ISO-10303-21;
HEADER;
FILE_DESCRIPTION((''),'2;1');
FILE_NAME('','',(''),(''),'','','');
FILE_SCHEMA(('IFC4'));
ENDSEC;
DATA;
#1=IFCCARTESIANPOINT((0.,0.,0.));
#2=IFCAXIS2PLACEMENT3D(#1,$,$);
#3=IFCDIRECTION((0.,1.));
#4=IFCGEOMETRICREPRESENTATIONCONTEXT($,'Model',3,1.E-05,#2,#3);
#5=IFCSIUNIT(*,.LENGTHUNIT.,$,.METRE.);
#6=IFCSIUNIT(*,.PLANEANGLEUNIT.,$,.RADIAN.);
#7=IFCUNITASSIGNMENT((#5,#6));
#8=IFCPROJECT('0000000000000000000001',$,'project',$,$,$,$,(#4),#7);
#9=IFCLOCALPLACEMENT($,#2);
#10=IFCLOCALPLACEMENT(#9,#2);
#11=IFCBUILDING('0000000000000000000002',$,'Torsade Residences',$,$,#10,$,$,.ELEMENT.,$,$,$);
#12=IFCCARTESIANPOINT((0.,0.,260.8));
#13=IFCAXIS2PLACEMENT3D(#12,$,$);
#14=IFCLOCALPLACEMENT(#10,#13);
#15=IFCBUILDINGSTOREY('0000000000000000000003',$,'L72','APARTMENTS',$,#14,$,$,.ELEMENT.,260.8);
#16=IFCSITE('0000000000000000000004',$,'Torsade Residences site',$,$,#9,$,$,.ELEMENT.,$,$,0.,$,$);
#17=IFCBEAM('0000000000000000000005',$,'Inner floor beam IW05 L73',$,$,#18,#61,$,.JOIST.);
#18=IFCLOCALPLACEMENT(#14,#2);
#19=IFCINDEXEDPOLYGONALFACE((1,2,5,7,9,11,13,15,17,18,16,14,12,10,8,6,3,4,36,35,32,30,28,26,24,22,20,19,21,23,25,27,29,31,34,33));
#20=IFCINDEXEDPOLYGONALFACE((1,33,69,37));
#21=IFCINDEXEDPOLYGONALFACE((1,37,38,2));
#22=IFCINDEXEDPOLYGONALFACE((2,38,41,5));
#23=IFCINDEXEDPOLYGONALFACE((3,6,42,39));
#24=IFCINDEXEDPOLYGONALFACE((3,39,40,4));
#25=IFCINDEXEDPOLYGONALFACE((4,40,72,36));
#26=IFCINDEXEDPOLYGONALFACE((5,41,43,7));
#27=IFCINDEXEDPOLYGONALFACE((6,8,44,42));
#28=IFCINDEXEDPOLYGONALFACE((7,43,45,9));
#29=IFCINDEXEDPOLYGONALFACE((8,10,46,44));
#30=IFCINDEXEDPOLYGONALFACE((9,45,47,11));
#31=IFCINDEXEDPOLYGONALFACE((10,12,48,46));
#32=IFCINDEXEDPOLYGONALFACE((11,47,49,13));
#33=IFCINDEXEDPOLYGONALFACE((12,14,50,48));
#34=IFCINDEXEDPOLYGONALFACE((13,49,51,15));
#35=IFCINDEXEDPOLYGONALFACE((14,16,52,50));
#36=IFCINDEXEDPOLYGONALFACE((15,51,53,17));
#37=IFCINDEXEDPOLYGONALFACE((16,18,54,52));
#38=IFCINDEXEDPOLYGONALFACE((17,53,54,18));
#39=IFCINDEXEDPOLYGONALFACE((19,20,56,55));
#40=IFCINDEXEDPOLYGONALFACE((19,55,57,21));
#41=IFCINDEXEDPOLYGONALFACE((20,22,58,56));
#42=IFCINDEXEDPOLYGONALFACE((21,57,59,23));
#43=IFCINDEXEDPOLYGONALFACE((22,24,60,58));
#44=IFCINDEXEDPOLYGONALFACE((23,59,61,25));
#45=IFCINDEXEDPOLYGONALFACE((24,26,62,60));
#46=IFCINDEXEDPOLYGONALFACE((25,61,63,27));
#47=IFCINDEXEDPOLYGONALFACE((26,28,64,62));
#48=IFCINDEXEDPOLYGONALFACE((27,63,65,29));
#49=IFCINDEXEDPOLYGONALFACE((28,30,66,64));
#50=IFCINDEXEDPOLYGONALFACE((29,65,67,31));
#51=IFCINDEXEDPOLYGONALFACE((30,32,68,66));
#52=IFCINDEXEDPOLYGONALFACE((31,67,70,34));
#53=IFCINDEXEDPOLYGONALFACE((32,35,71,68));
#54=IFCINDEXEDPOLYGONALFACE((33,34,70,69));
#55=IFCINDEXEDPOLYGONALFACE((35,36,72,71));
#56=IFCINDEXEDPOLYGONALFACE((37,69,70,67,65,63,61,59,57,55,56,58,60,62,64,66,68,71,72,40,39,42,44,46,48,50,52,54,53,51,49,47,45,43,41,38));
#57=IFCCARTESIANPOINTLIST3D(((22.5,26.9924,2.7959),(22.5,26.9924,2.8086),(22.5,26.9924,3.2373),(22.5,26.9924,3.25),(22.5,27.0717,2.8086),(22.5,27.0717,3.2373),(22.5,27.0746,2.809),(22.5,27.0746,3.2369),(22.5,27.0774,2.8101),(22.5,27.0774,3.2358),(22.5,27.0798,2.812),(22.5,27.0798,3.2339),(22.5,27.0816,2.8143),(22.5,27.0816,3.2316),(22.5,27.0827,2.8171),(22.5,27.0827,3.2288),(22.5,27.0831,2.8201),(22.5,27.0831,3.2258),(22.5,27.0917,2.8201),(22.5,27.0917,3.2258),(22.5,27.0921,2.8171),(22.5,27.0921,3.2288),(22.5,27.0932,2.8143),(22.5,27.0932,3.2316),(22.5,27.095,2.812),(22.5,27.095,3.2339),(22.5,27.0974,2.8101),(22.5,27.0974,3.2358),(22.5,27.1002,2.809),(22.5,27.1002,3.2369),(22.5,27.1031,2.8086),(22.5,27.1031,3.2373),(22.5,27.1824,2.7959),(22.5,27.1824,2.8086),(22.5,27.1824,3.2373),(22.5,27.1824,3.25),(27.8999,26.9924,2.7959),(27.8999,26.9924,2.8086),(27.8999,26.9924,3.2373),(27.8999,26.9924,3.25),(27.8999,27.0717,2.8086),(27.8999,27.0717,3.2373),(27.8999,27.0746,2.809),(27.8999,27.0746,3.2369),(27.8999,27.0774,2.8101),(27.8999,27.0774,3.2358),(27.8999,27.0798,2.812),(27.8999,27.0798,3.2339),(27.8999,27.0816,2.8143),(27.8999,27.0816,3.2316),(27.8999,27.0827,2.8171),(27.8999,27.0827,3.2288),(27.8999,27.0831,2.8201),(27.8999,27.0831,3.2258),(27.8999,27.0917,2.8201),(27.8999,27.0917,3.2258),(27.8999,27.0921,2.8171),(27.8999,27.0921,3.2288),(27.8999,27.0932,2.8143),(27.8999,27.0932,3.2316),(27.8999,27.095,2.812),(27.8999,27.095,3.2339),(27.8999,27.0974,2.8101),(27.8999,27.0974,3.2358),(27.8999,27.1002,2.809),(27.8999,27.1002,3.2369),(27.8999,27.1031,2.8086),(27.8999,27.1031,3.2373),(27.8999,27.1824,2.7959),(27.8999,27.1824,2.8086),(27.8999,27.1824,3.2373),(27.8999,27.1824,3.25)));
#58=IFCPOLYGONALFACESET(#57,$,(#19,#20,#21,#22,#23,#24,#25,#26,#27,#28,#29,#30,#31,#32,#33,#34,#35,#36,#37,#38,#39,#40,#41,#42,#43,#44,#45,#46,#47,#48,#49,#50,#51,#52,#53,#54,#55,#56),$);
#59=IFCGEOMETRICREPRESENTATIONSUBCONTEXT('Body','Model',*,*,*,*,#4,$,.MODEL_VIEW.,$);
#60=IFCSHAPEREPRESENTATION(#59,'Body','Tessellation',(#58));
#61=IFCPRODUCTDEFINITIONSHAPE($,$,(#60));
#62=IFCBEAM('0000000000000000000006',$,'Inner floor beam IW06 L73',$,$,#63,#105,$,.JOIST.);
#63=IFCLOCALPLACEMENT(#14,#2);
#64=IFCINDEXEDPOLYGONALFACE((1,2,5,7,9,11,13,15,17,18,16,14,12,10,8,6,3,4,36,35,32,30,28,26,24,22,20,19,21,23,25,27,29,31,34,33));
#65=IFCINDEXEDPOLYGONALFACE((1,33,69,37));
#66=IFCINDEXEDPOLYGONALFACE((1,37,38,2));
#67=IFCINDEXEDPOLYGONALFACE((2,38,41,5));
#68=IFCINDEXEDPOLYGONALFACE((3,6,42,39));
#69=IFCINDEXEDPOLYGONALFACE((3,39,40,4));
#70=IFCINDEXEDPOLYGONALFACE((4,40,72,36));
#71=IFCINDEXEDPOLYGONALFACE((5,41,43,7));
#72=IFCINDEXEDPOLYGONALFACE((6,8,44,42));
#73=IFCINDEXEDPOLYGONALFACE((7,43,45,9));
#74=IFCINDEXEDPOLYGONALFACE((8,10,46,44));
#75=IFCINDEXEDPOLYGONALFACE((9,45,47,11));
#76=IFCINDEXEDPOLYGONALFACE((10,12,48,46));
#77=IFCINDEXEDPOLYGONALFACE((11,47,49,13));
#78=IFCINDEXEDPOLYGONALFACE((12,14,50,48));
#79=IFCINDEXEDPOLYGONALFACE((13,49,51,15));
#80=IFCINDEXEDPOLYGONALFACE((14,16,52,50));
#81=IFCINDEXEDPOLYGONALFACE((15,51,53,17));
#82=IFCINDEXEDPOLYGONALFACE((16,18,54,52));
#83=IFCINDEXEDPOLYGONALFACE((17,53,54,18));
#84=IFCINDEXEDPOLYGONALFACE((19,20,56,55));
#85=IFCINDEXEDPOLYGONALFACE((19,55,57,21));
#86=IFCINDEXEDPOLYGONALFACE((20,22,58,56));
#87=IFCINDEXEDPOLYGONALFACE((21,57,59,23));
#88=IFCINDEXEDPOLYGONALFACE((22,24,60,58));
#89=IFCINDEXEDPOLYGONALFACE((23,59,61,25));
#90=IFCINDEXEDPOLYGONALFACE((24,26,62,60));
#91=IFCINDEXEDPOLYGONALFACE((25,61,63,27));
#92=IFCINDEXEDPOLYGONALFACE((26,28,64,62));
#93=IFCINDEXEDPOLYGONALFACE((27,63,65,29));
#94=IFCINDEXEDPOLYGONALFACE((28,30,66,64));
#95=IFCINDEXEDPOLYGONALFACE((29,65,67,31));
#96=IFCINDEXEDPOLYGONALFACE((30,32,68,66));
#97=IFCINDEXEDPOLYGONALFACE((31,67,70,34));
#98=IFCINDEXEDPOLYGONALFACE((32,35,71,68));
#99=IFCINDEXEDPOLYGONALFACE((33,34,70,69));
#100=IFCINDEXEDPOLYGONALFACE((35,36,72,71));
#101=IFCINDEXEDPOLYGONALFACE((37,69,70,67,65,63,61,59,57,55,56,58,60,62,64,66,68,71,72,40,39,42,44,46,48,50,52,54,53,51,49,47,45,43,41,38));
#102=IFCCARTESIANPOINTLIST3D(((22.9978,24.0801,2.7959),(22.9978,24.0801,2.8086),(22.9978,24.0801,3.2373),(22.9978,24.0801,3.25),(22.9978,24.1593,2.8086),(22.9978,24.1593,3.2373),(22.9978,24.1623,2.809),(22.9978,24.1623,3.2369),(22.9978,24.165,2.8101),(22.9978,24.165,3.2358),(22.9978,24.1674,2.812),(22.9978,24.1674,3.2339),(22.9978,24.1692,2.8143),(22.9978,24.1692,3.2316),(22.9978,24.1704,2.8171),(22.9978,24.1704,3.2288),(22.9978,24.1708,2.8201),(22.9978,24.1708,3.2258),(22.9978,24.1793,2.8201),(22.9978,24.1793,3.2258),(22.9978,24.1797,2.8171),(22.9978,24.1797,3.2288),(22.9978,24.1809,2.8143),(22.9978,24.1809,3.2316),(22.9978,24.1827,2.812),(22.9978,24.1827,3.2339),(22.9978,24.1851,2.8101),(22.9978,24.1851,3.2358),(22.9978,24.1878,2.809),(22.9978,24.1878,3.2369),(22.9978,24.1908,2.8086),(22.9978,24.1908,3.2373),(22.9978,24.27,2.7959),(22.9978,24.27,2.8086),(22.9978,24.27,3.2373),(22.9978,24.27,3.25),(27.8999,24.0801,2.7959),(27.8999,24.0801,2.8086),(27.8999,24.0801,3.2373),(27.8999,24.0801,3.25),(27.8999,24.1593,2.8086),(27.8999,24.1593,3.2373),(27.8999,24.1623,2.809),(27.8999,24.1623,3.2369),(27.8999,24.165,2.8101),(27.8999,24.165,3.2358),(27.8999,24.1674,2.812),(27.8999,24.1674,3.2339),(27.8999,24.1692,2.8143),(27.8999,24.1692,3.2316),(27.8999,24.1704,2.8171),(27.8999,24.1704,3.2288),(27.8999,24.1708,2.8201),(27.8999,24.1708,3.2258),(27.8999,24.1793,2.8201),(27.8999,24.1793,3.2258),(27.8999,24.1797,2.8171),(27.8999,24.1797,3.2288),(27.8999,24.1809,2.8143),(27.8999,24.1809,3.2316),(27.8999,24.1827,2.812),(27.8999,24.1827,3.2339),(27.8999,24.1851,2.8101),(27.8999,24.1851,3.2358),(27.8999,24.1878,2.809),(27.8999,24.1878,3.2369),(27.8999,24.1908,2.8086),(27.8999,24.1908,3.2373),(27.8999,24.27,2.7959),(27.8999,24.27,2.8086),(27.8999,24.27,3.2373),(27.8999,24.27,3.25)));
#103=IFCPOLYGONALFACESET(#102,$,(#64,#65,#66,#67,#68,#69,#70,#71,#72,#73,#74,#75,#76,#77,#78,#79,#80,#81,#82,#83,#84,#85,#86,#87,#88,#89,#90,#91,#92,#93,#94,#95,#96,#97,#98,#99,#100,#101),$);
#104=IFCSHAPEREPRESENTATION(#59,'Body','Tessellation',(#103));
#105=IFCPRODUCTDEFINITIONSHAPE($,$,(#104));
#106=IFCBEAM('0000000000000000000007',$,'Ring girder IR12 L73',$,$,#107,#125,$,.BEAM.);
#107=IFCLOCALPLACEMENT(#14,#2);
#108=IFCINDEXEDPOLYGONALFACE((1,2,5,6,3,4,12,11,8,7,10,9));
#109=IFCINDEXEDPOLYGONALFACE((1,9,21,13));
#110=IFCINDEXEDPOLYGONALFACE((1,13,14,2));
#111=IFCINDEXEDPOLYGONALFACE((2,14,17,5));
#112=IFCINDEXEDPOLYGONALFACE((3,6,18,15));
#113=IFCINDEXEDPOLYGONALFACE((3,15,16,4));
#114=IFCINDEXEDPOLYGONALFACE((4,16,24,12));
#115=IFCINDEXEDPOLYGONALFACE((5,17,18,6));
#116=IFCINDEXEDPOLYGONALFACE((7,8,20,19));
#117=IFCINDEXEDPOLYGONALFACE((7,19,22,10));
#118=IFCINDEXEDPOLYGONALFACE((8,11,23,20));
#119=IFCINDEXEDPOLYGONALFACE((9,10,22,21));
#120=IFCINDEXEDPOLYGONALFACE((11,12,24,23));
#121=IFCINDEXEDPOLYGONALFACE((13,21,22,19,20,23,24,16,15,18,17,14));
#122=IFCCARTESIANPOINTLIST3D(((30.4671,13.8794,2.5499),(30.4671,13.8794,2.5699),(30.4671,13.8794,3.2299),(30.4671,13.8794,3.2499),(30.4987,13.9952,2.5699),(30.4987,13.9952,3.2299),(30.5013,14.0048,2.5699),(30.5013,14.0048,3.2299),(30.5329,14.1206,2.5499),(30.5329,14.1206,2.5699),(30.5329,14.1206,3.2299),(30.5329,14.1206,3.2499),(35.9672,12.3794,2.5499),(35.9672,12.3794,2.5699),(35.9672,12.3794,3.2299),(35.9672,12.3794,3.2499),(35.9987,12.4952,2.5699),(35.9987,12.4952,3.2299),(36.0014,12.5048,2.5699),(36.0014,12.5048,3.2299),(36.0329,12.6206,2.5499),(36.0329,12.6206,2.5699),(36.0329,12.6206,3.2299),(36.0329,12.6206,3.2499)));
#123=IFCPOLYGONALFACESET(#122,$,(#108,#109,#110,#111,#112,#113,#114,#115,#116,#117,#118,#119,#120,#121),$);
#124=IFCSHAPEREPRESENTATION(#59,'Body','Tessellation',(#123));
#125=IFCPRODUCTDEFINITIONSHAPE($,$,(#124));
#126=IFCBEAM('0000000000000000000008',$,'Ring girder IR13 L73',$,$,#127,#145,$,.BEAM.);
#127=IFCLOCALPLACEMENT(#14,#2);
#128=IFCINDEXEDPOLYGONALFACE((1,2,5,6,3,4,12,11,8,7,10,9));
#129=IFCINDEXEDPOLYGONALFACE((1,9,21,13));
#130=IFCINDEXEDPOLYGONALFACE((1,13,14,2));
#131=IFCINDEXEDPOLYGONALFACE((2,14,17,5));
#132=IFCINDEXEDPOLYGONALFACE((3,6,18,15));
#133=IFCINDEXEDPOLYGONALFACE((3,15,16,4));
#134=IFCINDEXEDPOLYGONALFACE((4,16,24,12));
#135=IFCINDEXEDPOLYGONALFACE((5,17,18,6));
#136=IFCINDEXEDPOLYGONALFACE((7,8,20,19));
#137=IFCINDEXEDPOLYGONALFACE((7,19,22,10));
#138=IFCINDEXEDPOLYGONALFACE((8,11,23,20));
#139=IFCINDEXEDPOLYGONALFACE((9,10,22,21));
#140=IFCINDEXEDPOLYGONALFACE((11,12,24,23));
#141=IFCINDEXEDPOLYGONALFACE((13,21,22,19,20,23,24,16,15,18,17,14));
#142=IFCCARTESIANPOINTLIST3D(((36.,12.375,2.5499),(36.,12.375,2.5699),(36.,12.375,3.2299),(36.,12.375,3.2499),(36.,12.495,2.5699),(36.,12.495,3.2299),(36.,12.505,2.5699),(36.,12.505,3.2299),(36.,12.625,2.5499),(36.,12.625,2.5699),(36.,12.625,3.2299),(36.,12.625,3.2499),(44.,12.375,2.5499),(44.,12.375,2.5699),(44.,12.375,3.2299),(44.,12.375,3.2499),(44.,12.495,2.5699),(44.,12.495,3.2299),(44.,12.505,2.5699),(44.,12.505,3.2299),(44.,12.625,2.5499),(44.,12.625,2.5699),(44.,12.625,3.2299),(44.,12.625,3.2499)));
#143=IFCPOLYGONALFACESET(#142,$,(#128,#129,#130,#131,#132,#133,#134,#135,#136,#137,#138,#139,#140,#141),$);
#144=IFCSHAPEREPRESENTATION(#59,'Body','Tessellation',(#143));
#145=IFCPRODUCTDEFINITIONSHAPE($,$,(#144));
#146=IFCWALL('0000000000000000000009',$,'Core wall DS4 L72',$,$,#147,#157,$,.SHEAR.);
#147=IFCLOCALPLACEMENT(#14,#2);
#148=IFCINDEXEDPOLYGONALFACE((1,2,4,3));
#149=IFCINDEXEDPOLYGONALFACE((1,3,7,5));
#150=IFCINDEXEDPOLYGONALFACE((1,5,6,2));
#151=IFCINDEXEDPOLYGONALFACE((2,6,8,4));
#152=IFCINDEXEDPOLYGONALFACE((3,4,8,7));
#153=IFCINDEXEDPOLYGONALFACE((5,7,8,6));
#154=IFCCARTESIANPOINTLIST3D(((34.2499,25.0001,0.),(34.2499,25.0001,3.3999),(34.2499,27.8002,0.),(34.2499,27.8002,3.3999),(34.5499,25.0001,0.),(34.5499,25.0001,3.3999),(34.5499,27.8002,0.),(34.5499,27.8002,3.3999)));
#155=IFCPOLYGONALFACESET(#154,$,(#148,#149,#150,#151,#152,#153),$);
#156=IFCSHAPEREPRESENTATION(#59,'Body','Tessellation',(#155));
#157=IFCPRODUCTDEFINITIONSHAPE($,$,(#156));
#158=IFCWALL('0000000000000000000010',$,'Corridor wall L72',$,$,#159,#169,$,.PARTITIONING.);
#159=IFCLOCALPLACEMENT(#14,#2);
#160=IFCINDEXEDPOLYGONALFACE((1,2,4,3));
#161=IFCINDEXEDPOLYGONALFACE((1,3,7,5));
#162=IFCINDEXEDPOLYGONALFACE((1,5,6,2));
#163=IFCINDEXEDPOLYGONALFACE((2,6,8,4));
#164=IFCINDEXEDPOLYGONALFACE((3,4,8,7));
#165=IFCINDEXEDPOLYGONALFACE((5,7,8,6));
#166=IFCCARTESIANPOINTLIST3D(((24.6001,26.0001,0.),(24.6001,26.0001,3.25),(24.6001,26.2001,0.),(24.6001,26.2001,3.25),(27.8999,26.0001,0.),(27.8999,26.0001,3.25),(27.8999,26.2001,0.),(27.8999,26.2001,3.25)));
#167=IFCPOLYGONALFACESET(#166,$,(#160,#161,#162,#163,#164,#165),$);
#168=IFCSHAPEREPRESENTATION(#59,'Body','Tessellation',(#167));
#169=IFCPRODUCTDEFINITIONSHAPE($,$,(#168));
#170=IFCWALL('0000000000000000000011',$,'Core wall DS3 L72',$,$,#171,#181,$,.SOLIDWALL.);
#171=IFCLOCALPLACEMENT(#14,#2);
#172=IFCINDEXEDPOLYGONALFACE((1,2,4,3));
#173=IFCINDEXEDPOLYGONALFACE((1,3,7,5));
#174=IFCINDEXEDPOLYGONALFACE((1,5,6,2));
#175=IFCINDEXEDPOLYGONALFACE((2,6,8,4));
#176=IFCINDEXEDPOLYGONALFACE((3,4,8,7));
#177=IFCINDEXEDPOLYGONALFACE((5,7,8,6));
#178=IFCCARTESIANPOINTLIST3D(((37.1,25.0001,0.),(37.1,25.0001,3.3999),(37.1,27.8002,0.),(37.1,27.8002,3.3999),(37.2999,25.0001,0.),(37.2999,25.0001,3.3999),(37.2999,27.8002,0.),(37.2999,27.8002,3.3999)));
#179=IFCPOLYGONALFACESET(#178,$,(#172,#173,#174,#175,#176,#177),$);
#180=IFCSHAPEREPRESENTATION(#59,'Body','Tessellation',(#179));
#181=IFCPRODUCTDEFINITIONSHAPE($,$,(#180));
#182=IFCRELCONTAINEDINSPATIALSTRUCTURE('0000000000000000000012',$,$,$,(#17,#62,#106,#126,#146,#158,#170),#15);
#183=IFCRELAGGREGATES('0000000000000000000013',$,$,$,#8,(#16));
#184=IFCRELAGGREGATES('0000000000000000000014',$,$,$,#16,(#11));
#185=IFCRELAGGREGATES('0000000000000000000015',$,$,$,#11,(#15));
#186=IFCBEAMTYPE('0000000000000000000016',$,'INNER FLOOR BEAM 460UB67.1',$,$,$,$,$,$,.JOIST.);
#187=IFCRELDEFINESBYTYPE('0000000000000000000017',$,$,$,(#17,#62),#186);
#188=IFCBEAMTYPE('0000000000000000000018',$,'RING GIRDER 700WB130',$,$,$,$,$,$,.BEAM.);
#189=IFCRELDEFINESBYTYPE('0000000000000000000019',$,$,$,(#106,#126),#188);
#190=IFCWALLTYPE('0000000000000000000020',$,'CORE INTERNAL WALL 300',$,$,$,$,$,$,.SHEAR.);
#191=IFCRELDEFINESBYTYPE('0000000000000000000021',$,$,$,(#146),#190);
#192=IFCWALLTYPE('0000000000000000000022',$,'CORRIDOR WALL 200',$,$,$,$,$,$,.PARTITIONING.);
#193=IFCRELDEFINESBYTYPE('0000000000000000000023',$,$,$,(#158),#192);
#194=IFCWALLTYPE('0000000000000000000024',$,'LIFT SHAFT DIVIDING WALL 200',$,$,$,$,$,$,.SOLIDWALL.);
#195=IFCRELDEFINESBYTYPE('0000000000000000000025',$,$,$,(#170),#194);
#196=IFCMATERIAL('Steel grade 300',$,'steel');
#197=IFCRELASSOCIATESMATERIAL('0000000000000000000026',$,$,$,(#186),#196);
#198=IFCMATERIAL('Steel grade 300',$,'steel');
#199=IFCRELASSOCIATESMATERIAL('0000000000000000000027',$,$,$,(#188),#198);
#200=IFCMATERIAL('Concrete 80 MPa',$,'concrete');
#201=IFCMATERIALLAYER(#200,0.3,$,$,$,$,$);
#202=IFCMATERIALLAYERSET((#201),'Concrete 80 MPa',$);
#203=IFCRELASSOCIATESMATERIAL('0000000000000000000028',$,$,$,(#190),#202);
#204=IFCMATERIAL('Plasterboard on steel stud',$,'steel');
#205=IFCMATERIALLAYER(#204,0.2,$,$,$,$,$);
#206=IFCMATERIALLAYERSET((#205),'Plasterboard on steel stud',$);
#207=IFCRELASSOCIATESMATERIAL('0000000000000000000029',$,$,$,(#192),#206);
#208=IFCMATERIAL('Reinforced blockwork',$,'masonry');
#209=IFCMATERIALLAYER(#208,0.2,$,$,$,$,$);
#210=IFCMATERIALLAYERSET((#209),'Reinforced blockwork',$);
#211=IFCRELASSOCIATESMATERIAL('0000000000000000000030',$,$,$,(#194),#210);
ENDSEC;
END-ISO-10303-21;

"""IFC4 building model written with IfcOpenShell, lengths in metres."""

from ifc_helpers import new_model, si_unit, direction, frame, frame_2d, origin, origin_2d, place, context, subcontext, project, spatial, rectangle, i_section, extrude, material, layer, layer_set, material_profile, profile_set, type_object, element, save


model = new_model("IFC4")

# Units and contexts
model_context = context("Model", 3, precision=1e-05, world=origin(), true_north=direction((0.0, 1.0)))
body_context = subcontext(model_context, "Body", "Model", "MODEL_VIEW")
ifc_project = project(units=[si_unit("LENGTHUNIT", "METRE"), si_unit("PLANEANGLEUNIT", "RADIAN")], contexts=[model_context])

# Site, building, storey
site_placement = place(None, origin())
site = spatial("IfcSite", under=ifc_project, at=site_placement, Name="Torsade Residences site", CompositionType="ELEMENT", RefElevation=0.0)
building_placement = place(site_placement, origin())
building = spatial("IfcBuilding", under=site, at=building_placement, Name="Torsade Residences", CompositionType="ELEMENT")
storey_placement = place(building_placement, frame((0.0, 0.0, 260.8)))
storey = spatial("IfcBuildingStorey", under=building, at=storey_placement, Name="L72", Description="APARTMENTS", CompositionType="ELEMENT", Elevation=260.8)

# Beams
ifc_material_1 = material(Name="Steel grade 300", Category="steel")
ifc_material_profile_1 = material_profile(ifc_material_1, i_section(OverallWidth=0.1899, OverallDepth=0.4541, WebThickness=0.0085, FlangeThickness=0.0127, FilletRadius=0.0115, at=origin_2d()), Name="460UB67.1")
ifc_profile_set_1 = profile_set([ifc_material_profile_1], Name="Steel grade 300")
beam_type_1 = type_object("IfcBeamType", Name="INNER FLOOR BEAM 460UB67.1", PredefinedType="JOIST", material=ifc_profile_set_1)
beam_1_placement = place(storey_placement, frame((27.8999, 27.0874, 3.0229), z_axis=(-1.0, 0.0, 0.0), x_axis=(0.0, -1.0, 0.0)))
element("IfcBeam", 1, at=beam_1_placement, inside=storey, type_object=beam_type_1, Name="Inner floor beam IW05 L73", PredefinedType="JOIST", context=body_context, shape_type="SweptSolid", body=[
    extrude(i_section(OverallWidth=0.1899, OverallDepth=0.4541, WebThickness=0.0085, FlangeThickness=0.0127, FilletRadius=0.0115, at=origin_2d()), origin(), (0.0, 0.0, 1.0), 5.3999),
])
beam_2_placement = place(storey_placement, frame((27.8999, 24.175, 3.0229), z_axis=(-1.0, 0.0, 0.0), x_axis=(0.0, -1.0, 0.0)))
element("IfcBeam", 2, at=beam_2_placement, inside=storey, type_object=beam_type_1, Name="Inner floor beam IW06 L73", PredefinedType="JOIST", context=body_context, shape_type="SweptSolid", body=[
    extrude(i_section(OverallWidth=0.1899, OverallDepth=0.4541, WebThickness=0.0085, FlangeThickness=0.0127, FilletRadius=0.0115, at=origin_2d()), origin(), (0.0, 0.0, 1.0), 4.9021),
])
ifc_material_2 = material(Name="Steel grade 300", Category="steel")
ifc_material_profile_2 = material_profile(ifc_material_2, i_section(OverallWidth=0.25, OverallDepth=0.7, WebThickness=0.01, FlangeThickness=0.02, at=origin_2d()), Name="700WB130")
ifc_profile_set_2 = profile_set([ifc_material_profile_2], Name="Steel grade 300")
beam_type_2 = type_object("IfcBeamType", Name="RING GIRDER 700WB130", PredefinedType="BEAM", material=ifc_profile_set_2)
beam_3_placement = place(storey_placement, frame((30.5, 14.0, 2.8999), z_axis=(0.964764, -0.263117, 0.0), x_axis=(0.263117, 0.964764, 0.0)))
element("IfcBeam", 3, at=beam_3_placement, inside=storey, type_object=beam_type_2, Name="Ring girder IR12 L73", PredefinedType="BEAM", context=body_context, shape_type="SweptSolid", body=[
    extrude(i_section(OverallWidth=0.25, OverallDepth=0.7, WebThickness=0.01, FlangeThickness=0.02, at=origin_2d()), origin(), (0.0, 0.0, 1.0), 5.7009),
])
beam_4_placement = place(storey_placement, frame((36.0, 12.5, 2.8999), z_axis=(1.0, 0.0, 0.0), x_axis=(0.0, 1.0, 0.0)))
element("IfcBeam", 4, at=beam_4_placement, inside=storey, type_object=beam_type_2, Name="Ring girder IR13 L73", PredefinedType="BEAM", context=body_context, shape_type="SweptSolid", body=[
    extrude(i_section(OverallWidth=0.25, OverallDepth=0.7, WebThickness=0.01, FlangeThickness=0.02, at=origin_2d()), origin(), (0.0, 0.0, 1.0), 8.0),
])

# Walls
ifc_material_3 = material(Name="Concrete 80 MPa", Category="concrete")
ifc_layer_1 = layer(ifc_material_3, 0.3)
ifc_layer_set_1 = layer_set([ifc_layer_1], Name="Concrete 80 MPa")
wall_type_1 = type_object("IfcWallType", Name="CORE INTERNAL WALL 300", PredefinedType="SHEAR", material=ifc_layer_set_1)
wall_1_placement = place(storey_placement, frame((34.3999, 27.8, 0.0), z_axis=(0.0, 0.0, 1.0), x_axis=(0.0, -1.0, 0.0)))
element("IfcWall", 5, at=wall_1_placement, inside=storey, type_object=wall_type_1, Name="Core wall DS4 L72", PredefinedType="SHEAR", context=body_context, shape_type="SweptSolid", body=[
    extrude(rectangle(XDim=2.8, YDim=0.3, at=frame_2d((1.3999, 0.0))), origin(), (0.0, 0.0, 1.0), 3.3999),
])
ifc_material_4 = material(Name="Plasterboard on steel stud", Category="steel")
ifc_layer_2 = layer(ifc_material_4, 0.2)
ifc_layer_set_2 = layer_set([ifc_layer_2], Name="Plasterboard on steel stud")
wall_type_2 = type_object("IfcWallType", Name="CORRIDOR WALL 200", PredefinedType="PARTITIONING", material=ifc_layer_set_2)
wall_2_placement = place(storey_placement, frame((27.8999, 26.1001, 0.0), z_axis=(0.0, 0.0, 1.0), x_axis=(-1.0, 0.0, 0.0)))
element("IfcWall", 6, at=wall_2_placement, inside=storey, type_object=wall_type_2, Name="Corridor wall L72", PredefinedType="PARTITIONING", context=body_context, shape_type="SweptSolid", body=[
    extrude(rectangle(XDim=3.2998, YDim=0.2, at=frame_2d((1.6499, 0.0))), origin(), (0.0, 0.0, 1.0), 3.25),
])
ifc_material_5 = material(Name="Reinforced blockwork", Category="masonry")
ifc_layer_3 = layer(ifc_material_5, 0.2)
ifc_layer_set_3 = layer_set([ifc_layer_3], Name="Reinforced blockwork")
wall_type_3 = type_object("IfcWallType", Name="LIFT SHAFT DIVIDING WALL 200", PredefinedType="SOLIDWALL", material=ifc_layer_set_3)
wall_3_placement = place(storey_placement, frame((37.2, 27.8, 0.0), z_axis=(0.0, 0.0, 1.0), x_axis=(0.0, -1.0, 0.0)))
element("IfcWall", 7, at=wall_3_placement, inside=storey, type_object=wall_type_3, Name="Core wall DS3 L72", PredefinedType="SOLIDWALL", context=body_context, shape_type="SweptSolid", body=[
    extrude(rectangle(XDim=2.8, YDim=0.2, at=frame_2d((1.3999, 0.0))), origin(), (0.0, 0.0, 1.0), 3.3999),
])

save(model, "model.ifc")
